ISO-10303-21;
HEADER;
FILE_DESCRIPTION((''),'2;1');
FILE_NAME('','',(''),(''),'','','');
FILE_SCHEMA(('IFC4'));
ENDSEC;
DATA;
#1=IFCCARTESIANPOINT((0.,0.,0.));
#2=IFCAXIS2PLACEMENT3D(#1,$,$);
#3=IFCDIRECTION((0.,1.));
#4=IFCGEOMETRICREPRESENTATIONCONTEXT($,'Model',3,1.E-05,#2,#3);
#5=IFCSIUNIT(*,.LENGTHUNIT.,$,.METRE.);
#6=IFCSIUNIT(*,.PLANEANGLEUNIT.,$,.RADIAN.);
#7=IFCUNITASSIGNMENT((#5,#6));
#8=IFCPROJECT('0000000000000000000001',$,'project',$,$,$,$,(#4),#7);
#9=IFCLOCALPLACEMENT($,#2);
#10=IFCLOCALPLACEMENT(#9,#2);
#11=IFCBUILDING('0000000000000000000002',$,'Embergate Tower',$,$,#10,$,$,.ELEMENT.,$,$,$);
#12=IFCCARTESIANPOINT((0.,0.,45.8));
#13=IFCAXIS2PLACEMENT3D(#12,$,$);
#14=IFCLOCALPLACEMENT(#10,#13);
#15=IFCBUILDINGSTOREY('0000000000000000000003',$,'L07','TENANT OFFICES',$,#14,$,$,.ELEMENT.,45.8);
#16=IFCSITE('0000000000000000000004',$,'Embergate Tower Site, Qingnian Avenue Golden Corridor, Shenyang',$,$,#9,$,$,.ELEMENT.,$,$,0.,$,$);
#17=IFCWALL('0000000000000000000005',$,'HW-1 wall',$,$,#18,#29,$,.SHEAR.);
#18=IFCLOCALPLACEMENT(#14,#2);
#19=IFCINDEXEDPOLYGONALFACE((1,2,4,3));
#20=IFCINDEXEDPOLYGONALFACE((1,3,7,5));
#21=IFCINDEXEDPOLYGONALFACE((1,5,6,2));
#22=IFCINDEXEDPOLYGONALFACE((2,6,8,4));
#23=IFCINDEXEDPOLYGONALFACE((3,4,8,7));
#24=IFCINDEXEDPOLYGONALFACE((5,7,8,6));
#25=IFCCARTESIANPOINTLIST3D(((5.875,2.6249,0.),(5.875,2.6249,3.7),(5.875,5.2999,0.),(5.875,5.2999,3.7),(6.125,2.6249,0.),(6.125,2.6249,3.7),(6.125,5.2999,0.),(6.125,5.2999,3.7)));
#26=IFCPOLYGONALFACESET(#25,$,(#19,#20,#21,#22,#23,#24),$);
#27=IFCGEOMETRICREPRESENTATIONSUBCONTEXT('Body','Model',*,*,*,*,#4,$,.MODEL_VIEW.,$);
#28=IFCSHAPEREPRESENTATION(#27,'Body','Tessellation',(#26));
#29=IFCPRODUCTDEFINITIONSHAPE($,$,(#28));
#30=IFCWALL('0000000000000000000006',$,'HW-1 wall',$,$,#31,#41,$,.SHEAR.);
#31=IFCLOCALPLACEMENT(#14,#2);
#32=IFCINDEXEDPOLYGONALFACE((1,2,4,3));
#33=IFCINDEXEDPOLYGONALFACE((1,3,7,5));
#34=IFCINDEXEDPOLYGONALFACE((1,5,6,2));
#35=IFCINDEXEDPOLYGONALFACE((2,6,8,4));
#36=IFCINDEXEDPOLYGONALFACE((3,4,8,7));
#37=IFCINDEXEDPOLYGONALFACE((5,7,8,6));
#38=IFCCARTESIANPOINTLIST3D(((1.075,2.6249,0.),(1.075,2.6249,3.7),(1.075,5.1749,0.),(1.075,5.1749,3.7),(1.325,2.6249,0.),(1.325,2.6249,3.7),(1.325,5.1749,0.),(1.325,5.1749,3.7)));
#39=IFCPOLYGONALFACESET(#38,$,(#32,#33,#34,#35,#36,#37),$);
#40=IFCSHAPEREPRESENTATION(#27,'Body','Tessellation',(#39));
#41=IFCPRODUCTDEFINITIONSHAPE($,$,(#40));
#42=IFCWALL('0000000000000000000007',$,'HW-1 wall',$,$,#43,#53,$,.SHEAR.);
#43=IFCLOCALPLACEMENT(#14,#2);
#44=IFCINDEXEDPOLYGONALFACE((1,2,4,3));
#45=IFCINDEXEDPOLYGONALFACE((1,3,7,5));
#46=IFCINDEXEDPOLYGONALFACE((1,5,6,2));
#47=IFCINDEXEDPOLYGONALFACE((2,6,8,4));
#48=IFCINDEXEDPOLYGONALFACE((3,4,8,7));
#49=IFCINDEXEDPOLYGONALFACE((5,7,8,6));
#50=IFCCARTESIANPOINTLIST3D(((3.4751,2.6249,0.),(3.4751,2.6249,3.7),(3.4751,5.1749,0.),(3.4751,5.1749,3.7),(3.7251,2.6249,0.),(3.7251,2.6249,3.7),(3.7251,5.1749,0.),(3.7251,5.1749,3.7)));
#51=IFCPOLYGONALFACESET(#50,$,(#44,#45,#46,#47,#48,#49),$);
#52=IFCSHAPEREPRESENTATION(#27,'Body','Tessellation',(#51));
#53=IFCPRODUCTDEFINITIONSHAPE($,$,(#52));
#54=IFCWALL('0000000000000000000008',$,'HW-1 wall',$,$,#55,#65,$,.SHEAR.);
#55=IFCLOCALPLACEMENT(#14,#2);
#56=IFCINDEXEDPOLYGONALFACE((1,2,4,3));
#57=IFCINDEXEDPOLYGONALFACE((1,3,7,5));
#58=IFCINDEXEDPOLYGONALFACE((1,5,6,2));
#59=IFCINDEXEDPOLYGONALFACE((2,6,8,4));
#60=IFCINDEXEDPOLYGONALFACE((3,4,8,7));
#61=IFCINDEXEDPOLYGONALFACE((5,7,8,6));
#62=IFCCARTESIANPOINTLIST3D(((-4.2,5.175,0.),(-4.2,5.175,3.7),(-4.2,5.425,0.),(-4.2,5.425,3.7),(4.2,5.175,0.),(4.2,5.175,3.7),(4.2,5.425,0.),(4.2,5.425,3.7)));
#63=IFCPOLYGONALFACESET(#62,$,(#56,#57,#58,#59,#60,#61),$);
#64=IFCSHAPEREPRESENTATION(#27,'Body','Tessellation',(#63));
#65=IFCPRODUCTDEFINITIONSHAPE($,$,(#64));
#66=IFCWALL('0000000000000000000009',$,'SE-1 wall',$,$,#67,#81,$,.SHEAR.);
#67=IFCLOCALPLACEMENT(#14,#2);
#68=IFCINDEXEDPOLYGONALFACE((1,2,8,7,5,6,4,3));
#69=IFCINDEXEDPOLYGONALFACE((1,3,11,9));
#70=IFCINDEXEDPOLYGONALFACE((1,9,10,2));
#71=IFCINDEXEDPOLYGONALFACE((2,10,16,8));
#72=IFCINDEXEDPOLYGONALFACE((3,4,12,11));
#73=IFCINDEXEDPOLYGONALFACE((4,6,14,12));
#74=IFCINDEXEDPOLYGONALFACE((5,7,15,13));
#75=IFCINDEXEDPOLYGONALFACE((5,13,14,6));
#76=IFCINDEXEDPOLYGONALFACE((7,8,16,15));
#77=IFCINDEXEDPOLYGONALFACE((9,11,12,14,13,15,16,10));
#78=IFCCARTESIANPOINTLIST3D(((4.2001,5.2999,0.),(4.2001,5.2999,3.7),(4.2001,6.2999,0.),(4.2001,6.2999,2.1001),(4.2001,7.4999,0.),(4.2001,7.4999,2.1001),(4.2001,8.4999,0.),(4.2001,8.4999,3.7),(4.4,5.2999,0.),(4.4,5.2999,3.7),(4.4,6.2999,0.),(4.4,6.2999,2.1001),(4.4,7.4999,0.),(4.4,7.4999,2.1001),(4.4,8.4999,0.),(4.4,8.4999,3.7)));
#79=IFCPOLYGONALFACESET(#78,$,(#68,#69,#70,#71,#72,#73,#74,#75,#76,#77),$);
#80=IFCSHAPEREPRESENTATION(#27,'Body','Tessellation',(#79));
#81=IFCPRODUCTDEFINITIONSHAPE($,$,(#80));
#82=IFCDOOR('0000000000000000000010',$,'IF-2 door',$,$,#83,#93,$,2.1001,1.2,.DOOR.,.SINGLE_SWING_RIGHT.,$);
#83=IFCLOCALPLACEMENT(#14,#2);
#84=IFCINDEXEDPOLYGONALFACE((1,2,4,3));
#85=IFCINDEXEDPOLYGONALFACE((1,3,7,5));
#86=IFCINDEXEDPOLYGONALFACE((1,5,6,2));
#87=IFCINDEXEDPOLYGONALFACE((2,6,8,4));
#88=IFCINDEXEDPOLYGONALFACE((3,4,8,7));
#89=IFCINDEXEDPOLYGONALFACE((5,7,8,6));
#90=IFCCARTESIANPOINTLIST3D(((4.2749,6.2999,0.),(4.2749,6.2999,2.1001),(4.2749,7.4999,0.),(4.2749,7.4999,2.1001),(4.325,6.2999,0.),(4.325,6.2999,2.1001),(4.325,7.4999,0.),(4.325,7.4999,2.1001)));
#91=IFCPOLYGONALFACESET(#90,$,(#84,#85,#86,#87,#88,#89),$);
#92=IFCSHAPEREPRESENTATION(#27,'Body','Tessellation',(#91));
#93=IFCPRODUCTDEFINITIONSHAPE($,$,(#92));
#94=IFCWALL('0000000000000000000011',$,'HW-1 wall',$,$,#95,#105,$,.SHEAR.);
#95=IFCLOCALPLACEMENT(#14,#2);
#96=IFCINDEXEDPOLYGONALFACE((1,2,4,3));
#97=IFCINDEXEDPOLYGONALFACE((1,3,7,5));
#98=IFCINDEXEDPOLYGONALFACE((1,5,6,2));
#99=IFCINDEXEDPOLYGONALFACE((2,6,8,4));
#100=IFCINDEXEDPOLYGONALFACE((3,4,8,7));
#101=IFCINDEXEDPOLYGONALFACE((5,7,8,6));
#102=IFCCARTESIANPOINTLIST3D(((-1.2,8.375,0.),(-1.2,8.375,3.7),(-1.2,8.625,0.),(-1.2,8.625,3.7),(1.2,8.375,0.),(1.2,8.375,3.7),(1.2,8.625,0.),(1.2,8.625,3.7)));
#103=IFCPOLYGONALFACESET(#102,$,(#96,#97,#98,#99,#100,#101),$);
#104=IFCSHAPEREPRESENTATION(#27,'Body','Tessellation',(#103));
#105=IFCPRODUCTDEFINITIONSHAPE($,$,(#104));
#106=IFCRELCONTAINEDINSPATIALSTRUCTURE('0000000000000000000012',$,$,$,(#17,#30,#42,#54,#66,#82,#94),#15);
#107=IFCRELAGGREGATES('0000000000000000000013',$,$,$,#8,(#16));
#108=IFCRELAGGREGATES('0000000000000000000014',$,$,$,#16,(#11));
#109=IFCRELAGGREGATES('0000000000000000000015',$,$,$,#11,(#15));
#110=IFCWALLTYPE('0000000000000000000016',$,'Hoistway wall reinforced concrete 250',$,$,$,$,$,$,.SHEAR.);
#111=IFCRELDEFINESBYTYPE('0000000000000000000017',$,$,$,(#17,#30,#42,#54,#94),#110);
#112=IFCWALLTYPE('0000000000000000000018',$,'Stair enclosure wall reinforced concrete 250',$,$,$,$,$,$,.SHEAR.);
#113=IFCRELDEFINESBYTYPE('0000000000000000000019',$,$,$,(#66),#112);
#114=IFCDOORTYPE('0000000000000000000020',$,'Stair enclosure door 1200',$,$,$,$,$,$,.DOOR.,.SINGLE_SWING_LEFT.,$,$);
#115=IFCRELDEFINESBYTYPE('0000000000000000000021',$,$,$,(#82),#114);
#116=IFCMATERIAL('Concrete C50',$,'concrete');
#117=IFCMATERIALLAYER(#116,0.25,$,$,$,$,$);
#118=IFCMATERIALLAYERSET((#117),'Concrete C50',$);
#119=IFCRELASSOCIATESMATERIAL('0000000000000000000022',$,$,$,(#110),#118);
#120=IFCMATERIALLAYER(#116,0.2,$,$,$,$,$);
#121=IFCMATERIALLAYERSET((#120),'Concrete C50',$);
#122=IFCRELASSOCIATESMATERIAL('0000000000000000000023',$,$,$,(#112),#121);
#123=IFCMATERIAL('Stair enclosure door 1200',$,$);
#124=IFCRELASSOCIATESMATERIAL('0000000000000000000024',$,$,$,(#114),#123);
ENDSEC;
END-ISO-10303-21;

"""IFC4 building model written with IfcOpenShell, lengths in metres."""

from ifc_helpers import new_model, si_unit, direction, frame, frame_2d, origin, place, context, subcontext, project, spatial, rectangle, extrude, source, transform, mapped, material, layer, layer_set, type_object, element, fill, save


model = new_model("IFC4")

# Units and contexts
model_context = context("Model", 3, precision=1e-05, world=origin(), true_north=direction((0.0, 1.0)))
body_context = subcontext(model_context, "Body", "Model", "MODEL_VIEW")
ifc_project = project(units=[si_unit("LENGTHUNIT", "METRE"), si_unit("PLANEANGLEUNIT", "RADIAN")], contexts=[model_context])

# Site, building, storey
site_placement = place(None, origin())
site = spatial("IfcSite", under=ifc_project, at=site_placement, Name="Embergate Tower Site, Qingnian Avenue Golden Corridor, Shenyang", CompositionType="ELEMENT", RefElevation=0.0)
building_placement = place(site_placement, origin())
building = spatial("IfcBuilding", under=site, at=building_placement, Name="Embergate Tower", CompositionType="ELEMENT")
storey_placement = place(building_placement, frame((0.0, 0.0, 45.8)))
storey = spatial("IfcBuildingStorey", under=building, at=storey_placement, Name="L07", Description="TENANT OFFICES", CompositionType="ELEMENT", Elevation=45.8)

# Walls
ifc_material_1 = material(Name="Concrete C50", Category="concrete")
ifc_layer_1 = layer(ifc_material_1, 0.25)
ifc_layer_set_1 = layer_set([ifc_layer_1], Name="Concrete C50")
wall_type_1 = type_object("IfcWallType", Name="Hoistway wall reinforced concrete 250", PredefinedType="SHEAR", material=ifc_layer_set_1)
shared_shape_1 = source(origin(), body_context, "Body", "SweptSolid", [
    extrude(rectangle(XDim=2.675, YDim=0.25, at=frame_2d((1.3374, 0.0))), origin(), (0.0, 0.0, 1.0), 3.7),
])
wall_1_placement = place(storey_placement, frame((6.0, 2.625, 0.0), z_axis=(0.0, 0.0, 1.0), x_axis=(0.0, 1.0, 0.0)))
element("IfcWall", 1, at=wall_1_placement, inside=storey, type_object=wall_type_1, Name="HW-1 wall", PredefinedType="SHEAR", context=body_context, shape_type="MappedRepresentation", body=[
    mapped(shared_shape_1, transform((0.0, 0.0, 0.0))),
])
shared_shape_2 = source(origin(), body_context, "Body", "SweptSolid", [
    extrude(rectangle(XDim=2.55, YDim=0.25, at=frame_2d((1.2749, 0.0))), origin(), (0.0, 0.0, 1.0), 3.7),
])
for number, where, z_axis, x_axis, name in (
    (2, (1.2, 2.625, 0.0), (0.0, 0.0, 1.0), (0.0, 1.0, 0.0), "HW-1 wall"),
    (3, (3.6001, 2.625, 0.0), (0.0, 0.0, 1.0), (0.0, 1.0, 0.0), "HW-1 wall"),
):
    element("IfcWall", number, at=place(storey_placement, frame(where, z_axis=z_axis, x_axis=x_axis)), inside=storey, type_object=wall_type_1, Name=name, PredefinedType="SHEAR", context=body_context, shape_type="MappedRepresentation", body=[
        mapped(shared_shape_2, transform((0.0, 0.0, 0.0))),
    ])
shared_shape_3 = source(origin(), body_context, "Body", "SweptSolid", [
    extrude(rectangle(XDim=8.3999, YDim=0.25, at=frame_2d((4.2, 0.0))), origin(), (0.0, 0.0, 1.0), 3.7),
])
wall_2_placement = place(storey_placement, frame((4.2, 5.3, 0.0), z_axis=(0.0, 0.0, 1.0), x_axis=(-1.0, 0.0, 0.0)))
element("IfcWall", 4, at=wall_2_placement, inside=storey, type_object=wall_type_1, Name="HW-1 wall", PredefinedType="SHEAR", context=body_context, shape_type="MappedRepresentation", body=[
    mapped(shared_shape_3, transform((0.0, 0.0, 0.0))),
])

# Wall, opening, door
ifc_layer_2 = layer(ifc_material_1, 0.2)
ifc_layer_set_2 = layer_set([ifc_layer_2], Name="Concrete C50")
wall_type_2 = type_object("IfcWallType", Name="Stair enclosure wall reinforced concrete 250", PredefinedType="SHEAR", material=ifc_layer_set_2)
shared_shape_4 = source(origin(), body_context, "Body", "SweptSolid", [
    extrude(rectangle(XDim=3.2, YDim=0.2, at=frame_2d((1.6001, 0.0))), origin(), (0.0, 0.0, 1.0), 3.7),
])
wall_3_placement = place(storey_placement, frame((4.3, 8.5, 0.0), z_axis=(0.0, 0.0, 1.0), x_axis=(0.0, -1.0, 0.0)))
wall_3 = element("IfcWall", 5, at=wall_3_placement, inside=storey, type_object=wall_type_2, Name="SE-1 wall", PredefinedType="SHEAR", context=body_context, shape_type="MappedRepresentation", body=[
    mapped(shared_shape_4, transform((0.0, 0.0, 0.0))),
])
shared_shape_5 = source(origin(), body_context, "Body", "SweptSolid", [
    extrude(rectangle(XDim=1.2, YDim=2.1001, at=frame_2d((0.6001, 1.05))), frame((0.0, 0.1099, 0.0), z_axis=(0.0, -1.0, 0.0), x_axis=(1.0, 0.0, 0.0)), (0.0, 0.0, 1.0), 0.22),
])
opening_1_placement = place(wall_3_placement, frame((1.0, 0.0, 0.0)))
opening_1 = element("IfcOpeningElement", 6, at=opening_1_placement, cuts=wall_3, PredefinedType="OPENING", context=body_context, shape_type="MappedRepresentation", body=[
    mapped(shared_shape_5, transform((0.0, 0.0, 0.0))),
])
ifc_material_2 = material(Name="Stair enclosure door 1200")
door_type_1 = type_object("IfcDoorType", Name="Stair enclosure door 1200", OperationType="SINGLE_SWING_LEFT", PredefinedType="DOOR", material=ifc_material_2)
shared_shape_6 = source(origin(), body_context, "Body", "SweptSolid", [
    extrude(rectangle(XDim=1.2, YDim=2.1001, at=frame_2d((0.6001, 1.05))), frame((0.0, 0.0249, 0.0), z_axis=(0.0, -1.0, 0.0), x_axis=(1.0, 0.0, 0.0)), (0.0, 0.0, 1.0), 0.05),
])
door_1_placement = place(opening_1_placement, origin())
door_1 = element("IfcDoor", 7, at=door_1_placement, inside=storey, type_object=door_type_1, Name="IF-2 door", OperationType="SINGLE_SWING_RIGHT", OverallHeight=2.1001, OverallWidth=1.2, PredefinedType="DOOR", context=body_context, shape_type="MappedRepresentation", body=[
    mapped(shared_shape_6, transform((0.0, 0.0, 0.0))),
])
fill(opening_1, door_1)

# Wall
shared_shape_7 = source(origin(), body_context, "Body", "SweptSolid", [
    extrude(rectangle(XDim=2.3999, YDim=0.25, at=frame_2d((1.2, 0.0))), origin(), (0.0, 0.0, 1.0), 3.7),
])
wall_4_placement = place(storey_placement, frame((1.2, 8.5, 0.0), z_axis=(0.0, 0.0, 1.0), x_axis=(-1.0, 0.0, 0.0)))
element("IfcWall", 8, at=wall_4_placement, inside=storey, type_object=wall_type_1, Name="HW-1 wall", PredefinedType="SHEAR", context=body_context, shape_type="MappedRepresentation", body=[
    mapped(shared_shape_7, transform((0.0, 0.0, 0.0))),
])

save(model, "model.ifc")
